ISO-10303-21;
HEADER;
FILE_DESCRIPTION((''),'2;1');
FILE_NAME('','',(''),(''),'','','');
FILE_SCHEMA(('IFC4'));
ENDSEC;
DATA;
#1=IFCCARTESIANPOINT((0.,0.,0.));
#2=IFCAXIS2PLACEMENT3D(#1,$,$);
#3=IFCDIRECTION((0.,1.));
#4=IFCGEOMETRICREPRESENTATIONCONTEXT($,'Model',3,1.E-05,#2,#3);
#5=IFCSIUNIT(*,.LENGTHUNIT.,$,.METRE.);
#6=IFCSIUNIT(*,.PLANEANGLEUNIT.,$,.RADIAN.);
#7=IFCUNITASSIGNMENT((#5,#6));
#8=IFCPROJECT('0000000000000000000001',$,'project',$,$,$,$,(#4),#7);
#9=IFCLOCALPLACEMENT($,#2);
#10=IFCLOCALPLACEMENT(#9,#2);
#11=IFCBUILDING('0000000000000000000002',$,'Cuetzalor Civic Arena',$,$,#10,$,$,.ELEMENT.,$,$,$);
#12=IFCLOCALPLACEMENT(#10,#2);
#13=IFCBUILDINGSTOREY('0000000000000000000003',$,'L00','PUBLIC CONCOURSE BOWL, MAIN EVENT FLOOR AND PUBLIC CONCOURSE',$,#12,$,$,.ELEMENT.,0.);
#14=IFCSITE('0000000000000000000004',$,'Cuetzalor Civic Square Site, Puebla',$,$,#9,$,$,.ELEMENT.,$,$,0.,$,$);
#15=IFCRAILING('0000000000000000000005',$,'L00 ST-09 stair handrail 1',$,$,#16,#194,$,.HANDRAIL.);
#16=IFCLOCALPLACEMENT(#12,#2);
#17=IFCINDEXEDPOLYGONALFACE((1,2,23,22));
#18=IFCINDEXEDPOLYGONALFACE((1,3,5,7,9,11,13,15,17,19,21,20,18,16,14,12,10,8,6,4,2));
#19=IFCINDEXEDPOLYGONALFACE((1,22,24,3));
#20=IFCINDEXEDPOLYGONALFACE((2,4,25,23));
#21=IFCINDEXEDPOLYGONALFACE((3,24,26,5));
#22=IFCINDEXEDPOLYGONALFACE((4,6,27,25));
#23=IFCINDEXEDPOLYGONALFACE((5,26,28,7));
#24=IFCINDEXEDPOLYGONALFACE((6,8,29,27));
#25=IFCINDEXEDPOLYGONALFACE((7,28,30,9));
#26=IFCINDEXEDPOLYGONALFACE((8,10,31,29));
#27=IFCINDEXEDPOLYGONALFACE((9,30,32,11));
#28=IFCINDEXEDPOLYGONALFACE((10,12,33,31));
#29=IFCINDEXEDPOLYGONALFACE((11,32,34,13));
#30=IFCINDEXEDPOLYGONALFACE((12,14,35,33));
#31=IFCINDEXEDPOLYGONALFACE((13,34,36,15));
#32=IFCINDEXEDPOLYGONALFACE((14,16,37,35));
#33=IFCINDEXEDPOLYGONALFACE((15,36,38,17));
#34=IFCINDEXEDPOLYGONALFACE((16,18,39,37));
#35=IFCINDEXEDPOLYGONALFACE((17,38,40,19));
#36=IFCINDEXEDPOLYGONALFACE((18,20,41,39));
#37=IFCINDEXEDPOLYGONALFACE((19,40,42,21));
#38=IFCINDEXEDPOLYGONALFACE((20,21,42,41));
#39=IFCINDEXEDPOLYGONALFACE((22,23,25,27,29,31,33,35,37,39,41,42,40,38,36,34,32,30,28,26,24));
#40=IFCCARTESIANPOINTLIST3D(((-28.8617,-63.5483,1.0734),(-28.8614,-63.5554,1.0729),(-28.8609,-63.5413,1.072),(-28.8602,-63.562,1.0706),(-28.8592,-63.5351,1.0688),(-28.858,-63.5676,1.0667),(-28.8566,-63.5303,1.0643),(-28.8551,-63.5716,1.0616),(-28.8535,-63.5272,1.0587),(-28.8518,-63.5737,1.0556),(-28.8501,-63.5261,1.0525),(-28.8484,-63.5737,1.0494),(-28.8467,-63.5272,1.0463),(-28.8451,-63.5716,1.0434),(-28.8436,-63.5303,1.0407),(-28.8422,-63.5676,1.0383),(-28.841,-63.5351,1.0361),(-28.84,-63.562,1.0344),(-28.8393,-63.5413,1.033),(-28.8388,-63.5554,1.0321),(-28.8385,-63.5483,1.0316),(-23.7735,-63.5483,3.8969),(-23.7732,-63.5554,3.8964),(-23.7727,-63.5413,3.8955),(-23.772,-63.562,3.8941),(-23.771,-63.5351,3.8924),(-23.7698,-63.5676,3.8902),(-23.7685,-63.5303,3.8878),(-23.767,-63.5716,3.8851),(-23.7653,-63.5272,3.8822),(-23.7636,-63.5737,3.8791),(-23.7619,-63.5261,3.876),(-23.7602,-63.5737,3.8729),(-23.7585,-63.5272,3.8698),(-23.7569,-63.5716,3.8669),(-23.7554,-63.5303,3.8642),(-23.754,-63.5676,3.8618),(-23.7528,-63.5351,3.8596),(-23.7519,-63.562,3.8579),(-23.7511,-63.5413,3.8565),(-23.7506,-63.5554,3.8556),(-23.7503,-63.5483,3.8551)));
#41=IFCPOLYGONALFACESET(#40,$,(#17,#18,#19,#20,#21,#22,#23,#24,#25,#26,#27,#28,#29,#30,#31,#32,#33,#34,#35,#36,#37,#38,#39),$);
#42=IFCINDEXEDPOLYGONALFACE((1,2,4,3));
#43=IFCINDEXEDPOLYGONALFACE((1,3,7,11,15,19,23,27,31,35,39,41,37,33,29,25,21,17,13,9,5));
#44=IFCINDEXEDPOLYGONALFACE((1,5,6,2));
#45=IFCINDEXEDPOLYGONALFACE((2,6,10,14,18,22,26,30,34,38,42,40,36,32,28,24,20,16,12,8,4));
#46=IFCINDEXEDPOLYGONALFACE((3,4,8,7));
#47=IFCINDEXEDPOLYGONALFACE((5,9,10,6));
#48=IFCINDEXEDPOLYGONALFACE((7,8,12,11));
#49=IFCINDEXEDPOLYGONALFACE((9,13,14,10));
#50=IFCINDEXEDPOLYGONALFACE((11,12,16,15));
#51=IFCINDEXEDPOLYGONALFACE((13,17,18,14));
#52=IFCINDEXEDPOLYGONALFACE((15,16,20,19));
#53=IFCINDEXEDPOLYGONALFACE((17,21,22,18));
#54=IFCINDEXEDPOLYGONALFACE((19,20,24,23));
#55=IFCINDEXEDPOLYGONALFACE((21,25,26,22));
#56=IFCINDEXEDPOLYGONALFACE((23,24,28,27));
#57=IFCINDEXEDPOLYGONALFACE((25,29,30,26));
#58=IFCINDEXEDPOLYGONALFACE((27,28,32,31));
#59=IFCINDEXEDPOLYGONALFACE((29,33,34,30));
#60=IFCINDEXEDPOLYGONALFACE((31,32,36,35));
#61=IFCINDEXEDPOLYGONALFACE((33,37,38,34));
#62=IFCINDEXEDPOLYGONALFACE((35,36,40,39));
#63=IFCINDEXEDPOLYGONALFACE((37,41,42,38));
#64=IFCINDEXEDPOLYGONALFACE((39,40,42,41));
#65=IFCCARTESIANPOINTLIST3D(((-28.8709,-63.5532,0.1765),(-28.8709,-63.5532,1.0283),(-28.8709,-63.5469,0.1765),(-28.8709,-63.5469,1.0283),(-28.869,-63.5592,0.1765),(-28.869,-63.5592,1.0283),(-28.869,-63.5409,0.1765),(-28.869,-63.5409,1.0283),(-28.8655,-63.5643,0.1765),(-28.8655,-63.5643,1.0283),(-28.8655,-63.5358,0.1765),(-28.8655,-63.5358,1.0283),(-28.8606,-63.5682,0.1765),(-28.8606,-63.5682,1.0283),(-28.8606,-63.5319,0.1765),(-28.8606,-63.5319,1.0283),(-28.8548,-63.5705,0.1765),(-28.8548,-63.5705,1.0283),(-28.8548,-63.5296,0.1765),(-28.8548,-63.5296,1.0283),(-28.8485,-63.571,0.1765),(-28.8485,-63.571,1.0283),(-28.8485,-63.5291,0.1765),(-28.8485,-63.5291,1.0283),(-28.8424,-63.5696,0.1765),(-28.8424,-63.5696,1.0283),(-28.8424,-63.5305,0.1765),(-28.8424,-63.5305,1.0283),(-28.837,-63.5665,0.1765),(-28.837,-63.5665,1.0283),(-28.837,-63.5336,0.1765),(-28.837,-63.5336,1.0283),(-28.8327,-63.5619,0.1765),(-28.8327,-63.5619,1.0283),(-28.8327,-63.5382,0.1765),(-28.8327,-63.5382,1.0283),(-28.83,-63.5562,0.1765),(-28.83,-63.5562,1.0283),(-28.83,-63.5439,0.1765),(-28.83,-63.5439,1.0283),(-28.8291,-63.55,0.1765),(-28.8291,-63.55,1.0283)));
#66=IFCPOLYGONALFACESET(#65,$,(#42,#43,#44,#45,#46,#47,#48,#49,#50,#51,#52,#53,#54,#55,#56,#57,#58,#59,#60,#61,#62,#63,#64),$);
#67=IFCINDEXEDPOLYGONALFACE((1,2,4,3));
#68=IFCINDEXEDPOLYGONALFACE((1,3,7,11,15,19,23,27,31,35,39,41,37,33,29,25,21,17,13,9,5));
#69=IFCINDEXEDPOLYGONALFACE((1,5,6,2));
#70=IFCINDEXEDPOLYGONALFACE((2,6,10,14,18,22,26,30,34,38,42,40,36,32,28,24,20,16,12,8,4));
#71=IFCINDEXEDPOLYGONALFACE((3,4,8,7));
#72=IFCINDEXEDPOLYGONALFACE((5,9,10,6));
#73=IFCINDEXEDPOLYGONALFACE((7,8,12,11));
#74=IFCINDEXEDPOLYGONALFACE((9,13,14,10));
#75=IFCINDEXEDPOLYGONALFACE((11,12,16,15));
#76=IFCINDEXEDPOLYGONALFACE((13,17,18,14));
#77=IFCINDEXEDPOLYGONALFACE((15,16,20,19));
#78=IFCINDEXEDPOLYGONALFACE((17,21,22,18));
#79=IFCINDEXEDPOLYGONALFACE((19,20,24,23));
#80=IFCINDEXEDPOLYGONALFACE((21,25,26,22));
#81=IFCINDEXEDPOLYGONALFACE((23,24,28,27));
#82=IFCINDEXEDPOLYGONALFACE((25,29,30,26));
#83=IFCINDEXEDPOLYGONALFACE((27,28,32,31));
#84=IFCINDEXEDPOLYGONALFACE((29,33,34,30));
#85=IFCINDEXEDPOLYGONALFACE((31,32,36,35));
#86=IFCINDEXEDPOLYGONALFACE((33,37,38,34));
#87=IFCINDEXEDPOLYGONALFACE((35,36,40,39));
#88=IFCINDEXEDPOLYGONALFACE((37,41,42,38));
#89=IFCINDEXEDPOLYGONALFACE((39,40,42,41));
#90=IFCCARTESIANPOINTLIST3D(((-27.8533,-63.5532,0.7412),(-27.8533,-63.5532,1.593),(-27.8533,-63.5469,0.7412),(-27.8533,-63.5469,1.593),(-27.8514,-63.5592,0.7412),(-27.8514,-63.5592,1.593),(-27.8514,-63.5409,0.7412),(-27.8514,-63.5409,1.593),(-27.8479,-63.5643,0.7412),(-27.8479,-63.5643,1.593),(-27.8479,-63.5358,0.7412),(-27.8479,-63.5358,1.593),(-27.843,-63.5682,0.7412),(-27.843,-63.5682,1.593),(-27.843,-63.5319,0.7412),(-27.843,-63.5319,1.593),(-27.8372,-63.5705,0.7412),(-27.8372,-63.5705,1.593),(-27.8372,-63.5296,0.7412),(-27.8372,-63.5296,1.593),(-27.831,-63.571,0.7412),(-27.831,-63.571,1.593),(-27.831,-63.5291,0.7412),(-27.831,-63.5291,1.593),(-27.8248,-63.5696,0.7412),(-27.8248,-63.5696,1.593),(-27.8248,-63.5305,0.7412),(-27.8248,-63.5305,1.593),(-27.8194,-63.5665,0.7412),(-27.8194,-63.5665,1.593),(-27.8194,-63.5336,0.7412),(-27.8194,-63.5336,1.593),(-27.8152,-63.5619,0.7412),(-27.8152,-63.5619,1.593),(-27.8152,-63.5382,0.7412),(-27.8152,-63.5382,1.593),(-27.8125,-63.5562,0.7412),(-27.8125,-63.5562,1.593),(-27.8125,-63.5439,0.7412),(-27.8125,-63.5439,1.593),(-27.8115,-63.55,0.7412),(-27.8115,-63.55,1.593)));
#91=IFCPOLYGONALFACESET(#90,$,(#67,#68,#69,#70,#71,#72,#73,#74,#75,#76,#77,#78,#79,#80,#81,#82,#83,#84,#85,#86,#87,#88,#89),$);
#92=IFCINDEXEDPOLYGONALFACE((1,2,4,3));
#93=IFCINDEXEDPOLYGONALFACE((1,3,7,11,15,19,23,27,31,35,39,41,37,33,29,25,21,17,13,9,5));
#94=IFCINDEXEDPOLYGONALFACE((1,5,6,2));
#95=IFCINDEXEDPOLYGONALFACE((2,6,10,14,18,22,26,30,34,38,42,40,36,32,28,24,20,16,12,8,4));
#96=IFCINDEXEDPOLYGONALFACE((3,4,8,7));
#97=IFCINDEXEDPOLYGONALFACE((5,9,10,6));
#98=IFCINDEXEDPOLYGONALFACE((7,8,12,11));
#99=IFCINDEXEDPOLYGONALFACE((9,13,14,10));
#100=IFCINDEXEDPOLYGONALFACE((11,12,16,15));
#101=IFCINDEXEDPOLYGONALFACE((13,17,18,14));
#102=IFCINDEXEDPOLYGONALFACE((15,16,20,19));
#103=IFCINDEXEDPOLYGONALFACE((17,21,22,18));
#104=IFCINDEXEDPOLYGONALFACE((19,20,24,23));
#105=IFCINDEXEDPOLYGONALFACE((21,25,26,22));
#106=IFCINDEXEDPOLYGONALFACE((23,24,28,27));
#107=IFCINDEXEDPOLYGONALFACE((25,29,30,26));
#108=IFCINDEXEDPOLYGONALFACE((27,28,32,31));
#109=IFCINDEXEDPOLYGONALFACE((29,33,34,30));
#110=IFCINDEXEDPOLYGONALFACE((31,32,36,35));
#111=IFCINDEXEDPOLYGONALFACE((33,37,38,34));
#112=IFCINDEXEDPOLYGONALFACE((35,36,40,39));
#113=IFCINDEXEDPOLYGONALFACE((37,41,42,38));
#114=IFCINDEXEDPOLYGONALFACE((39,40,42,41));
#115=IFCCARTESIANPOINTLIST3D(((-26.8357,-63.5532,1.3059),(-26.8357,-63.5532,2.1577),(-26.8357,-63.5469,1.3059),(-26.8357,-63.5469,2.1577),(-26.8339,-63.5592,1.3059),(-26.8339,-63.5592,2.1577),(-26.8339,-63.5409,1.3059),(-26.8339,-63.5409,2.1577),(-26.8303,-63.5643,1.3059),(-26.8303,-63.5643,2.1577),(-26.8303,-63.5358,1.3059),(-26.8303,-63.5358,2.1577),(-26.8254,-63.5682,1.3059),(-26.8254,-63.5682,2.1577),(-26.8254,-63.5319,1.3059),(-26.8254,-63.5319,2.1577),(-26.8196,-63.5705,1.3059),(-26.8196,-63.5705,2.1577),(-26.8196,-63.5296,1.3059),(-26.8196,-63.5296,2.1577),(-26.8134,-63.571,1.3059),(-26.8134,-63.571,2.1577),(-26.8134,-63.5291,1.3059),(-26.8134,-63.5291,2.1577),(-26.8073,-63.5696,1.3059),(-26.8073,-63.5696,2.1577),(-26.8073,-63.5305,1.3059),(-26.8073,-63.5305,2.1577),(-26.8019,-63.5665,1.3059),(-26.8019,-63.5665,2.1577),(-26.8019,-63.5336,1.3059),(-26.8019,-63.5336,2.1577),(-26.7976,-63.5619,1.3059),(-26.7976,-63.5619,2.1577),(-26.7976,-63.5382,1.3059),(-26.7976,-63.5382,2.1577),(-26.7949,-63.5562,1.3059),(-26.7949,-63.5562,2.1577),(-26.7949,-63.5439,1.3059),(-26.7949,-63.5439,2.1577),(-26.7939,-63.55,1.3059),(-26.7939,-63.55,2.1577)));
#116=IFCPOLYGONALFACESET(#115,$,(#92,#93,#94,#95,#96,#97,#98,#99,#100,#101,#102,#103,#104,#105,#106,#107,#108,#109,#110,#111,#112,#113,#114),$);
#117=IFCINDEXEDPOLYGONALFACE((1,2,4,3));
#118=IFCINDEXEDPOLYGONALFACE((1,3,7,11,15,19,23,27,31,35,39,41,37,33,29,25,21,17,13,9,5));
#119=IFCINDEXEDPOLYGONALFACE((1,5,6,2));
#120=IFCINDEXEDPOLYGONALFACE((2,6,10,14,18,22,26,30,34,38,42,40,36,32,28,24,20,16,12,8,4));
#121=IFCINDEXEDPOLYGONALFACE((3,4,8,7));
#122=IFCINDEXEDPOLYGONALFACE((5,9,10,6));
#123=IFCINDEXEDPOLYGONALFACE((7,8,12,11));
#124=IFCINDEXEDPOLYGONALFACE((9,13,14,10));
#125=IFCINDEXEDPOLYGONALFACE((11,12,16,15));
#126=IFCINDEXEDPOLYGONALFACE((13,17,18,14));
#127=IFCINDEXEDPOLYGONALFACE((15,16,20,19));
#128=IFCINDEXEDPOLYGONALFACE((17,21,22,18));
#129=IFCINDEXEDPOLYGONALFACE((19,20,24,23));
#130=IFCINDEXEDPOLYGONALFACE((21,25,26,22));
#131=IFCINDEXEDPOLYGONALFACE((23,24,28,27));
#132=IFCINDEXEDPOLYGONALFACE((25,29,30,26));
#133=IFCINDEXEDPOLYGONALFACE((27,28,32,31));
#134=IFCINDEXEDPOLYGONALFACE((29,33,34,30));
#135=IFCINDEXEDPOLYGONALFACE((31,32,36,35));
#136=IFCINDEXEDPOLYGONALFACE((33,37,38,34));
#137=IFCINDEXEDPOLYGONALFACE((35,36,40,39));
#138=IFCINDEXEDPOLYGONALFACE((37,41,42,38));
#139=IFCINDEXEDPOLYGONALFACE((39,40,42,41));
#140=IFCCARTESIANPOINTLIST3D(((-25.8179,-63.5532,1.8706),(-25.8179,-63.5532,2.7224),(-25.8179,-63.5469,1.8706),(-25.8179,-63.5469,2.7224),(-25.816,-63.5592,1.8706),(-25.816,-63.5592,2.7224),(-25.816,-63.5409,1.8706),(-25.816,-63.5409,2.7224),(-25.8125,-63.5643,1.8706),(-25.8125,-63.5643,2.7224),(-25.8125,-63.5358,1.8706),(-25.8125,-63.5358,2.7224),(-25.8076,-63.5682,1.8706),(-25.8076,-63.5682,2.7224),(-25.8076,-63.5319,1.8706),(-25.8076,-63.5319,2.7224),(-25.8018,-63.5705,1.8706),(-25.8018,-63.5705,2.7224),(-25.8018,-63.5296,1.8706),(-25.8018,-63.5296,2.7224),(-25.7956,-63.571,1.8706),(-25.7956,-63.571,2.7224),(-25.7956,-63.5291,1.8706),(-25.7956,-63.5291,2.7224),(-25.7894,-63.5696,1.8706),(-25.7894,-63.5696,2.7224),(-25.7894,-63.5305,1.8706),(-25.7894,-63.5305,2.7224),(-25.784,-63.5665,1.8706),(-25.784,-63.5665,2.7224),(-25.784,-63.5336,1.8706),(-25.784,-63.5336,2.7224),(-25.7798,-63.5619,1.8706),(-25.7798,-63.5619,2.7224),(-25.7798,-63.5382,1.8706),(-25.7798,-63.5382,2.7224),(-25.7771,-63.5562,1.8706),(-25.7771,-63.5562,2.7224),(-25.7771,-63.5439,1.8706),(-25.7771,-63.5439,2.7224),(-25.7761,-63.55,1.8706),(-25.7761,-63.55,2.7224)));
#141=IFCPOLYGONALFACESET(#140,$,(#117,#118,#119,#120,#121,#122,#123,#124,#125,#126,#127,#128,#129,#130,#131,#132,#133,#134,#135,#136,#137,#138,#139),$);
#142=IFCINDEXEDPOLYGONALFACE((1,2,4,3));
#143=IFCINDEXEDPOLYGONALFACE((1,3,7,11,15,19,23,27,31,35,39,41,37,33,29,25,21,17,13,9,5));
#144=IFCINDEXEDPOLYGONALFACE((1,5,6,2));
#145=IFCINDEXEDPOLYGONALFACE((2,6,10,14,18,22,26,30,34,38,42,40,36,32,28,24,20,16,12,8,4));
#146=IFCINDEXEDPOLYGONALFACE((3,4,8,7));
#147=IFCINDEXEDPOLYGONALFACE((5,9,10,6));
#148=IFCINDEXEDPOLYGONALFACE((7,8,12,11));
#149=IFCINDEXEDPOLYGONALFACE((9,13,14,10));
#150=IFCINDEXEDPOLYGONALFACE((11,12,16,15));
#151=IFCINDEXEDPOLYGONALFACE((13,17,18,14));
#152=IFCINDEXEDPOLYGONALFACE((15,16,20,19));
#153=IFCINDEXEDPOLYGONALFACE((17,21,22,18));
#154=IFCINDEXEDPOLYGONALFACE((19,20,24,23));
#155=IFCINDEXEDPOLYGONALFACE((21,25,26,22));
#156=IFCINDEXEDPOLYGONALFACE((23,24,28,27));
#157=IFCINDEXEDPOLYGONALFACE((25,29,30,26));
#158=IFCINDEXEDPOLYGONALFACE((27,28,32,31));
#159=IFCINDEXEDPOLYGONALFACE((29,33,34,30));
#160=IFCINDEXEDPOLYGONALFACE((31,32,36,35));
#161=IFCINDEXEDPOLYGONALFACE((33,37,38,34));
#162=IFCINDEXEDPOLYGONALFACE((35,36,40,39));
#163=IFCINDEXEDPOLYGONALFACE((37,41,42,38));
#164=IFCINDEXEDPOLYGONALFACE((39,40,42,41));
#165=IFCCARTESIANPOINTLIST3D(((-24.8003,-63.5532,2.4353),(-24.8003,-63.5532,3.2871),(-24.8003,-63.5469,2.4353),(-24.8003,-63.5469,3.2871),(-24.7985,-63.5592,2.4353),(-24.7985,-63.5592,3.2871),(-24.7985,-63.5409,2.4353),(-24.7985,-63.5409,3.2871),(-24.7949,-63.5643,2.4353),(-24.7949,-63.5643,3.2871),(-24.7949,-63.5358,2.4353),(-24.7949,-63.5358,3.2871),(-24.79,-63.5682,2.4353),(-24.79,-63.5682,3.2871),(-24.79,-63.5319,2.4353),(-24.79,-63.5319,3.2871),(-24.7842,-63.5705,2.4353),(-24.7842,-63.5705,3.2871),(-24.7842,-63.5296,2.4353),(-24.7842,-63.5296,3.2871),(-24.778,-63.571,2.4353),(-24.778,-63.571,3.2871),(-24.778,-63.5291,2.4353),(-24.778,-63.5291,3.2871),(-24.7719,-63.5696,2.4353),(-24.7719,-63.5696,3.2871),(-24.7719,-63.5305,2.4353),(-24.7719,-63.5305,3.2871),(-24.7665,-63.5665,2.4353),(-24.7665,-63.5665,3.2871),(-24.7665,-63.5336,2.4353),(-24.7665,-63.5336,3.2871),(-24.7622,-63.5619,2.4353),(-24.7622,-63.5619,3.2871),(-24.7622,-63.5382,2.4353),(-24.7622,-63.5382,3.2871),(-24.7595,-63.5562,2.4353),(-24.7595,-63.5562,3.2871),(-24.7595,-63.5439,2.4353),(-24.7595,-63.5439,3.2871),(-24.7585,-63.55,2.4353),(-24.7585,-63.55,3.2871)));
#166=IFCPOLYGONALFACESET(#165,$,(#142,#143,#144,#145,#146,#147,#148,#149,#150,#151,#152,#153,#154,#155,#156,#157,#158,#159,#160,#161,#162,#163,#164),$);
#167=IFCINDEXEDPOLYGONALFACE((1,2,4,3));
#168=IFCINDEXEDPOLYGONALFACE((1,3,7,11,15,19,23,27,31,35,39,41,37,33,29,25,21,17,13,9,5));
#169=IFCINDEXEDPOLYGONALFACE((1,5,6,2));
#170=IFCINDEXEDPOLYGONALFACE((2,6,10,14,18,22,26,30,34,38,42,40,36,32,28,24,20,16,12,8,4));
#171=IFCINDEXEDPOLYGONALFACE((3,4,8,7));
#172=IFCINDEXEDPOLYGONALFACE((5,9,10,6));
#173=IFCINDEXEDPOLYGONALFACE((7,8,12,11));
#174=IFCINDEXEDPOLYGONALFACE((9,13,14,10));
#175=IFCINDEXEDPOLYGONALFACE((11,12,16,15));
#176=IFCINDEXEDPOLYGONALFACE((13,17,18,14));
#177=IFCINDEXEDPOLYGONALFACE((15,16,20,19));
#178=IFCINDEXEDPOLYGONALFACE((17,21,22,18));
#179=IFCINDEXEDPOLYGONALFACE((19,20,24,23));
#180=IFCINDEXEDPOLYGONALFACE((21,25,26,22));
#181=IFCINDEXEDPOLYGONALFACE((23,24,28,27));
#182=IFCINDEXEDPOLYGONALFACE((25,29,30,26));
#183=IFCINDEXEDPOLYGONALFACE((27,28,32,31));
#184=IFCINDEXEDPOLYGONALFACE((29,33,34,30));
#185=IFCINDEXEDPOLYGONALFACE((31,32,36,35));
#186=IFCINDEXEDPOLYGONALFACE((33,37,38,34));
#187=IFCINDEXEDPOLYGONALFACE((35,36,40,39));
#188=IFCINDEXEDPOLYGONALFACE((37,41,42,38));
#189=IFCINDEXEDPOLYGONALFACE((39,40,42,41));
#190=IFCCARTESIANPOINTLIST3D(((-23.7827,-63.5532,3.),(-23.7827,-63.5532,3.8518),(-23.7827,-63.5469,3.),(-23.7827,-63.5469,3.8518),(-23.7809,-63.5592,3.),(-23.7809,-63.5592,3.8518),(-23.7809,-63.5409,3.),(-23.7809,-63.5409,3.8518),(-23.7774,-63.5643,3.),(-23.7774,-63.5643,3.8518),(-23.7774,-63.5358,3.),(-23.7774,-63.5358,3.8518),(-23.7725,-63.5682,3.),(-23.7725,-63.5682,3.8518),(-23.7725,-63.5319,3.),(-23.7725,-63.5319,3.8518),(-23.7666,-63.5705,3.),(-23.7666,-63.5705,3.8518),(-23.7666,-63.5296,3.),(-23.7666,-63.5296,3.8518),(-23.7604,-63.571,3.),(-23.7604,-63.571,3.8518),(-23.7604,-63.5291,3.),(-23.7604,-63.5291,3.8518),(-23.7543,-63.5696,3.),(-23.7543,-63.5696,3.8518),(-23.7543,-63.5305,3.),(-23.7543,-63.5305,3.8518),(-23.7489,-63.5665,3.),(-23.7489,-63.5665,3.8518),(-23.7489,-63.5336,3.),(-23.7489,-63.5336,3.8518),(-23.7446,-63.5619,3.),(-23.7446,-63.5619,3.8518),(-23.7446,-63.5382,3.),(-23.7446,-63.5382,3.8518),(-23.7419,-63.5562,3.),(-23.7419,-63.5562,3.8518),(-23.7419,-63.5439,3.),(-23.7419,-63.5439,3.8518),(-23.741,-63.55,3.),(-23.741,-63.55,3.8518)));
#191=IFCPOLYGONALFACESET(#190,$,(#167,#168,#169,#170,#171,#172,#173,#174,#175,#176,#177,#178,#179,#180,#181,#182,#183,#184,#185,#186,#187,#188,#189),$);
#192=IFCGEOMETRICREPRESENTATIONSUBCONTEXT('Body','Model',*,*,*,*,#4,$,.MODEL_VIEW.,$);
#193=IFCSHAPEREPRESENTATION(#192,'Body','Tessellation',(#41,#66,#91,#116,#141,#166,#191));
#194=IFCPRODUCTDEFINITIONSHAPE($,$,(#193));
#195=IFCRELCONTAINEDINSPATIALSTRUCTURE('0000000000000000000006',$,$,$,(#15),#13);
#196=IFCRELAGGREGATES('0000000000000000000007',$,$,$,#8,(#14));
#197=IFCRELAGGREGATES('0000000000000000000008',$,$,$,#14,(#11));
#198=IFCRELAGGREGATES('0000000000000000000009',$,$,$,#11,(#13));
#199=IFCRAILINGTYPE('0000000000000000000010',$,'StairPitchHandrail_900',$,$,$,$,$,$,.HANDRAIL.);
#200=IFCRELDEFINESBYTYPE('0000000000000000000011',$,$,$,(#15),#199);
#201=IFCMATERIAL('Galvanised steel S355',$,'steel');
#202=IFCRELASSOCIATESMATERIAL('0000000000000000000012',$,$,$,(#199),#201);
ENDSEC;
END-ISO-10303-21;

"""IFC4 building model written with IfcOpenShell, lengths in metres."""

from ifc_helpers import new_model, si_unit, direction, frame, origin, origin_2d, place, context, subcontext, project, spatial, circle, extrude, material, type_object, element, save


model = new_model("IFC4")

# Units and contexts
model_context = context("Model", 3, precision=1e-05, world=origin(), true_north=direction((0.0, 1.0)))
body_context = subcontext(model_context, "Body", "Model", "MODEL_VIEW")
ifc_project = project(units=[si_unit("LENGTHUNIT", "METRE"), si_unit("PLANEANGLEUNIT", "RADIAN")], contexts=[model_context])

# Site, building, storey
site_placement = place(None, origin())
site = spatial("IfcSite", under=ifc_project, at=site_placement, Name="Cuetzalor Civic Square Site, Puebla", CompositionType="ELEMENT", RefElevation=0.0)
building_placement = place(site_placement, origin())
building = spatial("IfcBuilding", under=site, at=building_placement, Name="Cuetzalor Civic Arena", CompositionType="ELEMENT")
storey_placement = place(building_placement, origin())
storey = spatial("IfcBuildingStorey", under=building, at=storey_placement, Name="L00", Description="PUBLIC CONCOURSE BOWL, MAIN EVENT FLOOR AND PUBLIC CONCOURSE", CompositionType="ELEMENT", Elevation=0.0)

# Railing
ifc_material_1 = material(Name="Galvanised steel S355", Category="steel")
railing_type_1 = type_object("IfcRailingType", Name="StairPitchHandrail_900", PredefinedType="HANDRAIL", material=ifc_material_1)
railing_1_placement = place(storey_placement, frame((-28.8501, -63.55, 0.1765)))
element("IfcRailing", 1, at=railing_1_placement, inside=storey, type_object=railing_type_1, Name="L00 ST-09 stair handrail 1", PredefinedType="HANDRAIL", context=body_context, shape_type="SweptSolid", body=[
    extrude(circle(Radius=0.0239, at=origin_2d()), frame((0.0, 0.0, 0.876), z_axis=(0.874395, 0.0, 0.485215), x_axis=(0.0, 1.0, 0.0)), (0.0, 0.0, 1.0), 5.8191),
    extrude(circle(Radius=0.021, at=origin_2d()), origin(), (0.0, 0.0, 1.0), 0.8518),
    extrude(circle(Radius=0.021, at=origin_2d()), frame((1.0176, 0.0, 0.5647)), (0.0, 0.0, 1.0), 0.8518),
    extrude(circle(Radius=0.021, at=origin_2d()), frame((2.0352, 0.0, 1.1294)), (0.0, 0.0, 1.0), 0.8518),
    extrude(circle(Radius=0.021, at=origin_2d()), frame((3.053, 0.0, 1.6941)), (0.0, 0.0, 1.0), 0.8518),
    extrude(circle(Radius=0.021, at=origin_2d()), frame((4.0706, 0.0, 2.2588)), (0.0, 0.0, 1.0), 0.8518),
    extrude(circle(Radius=0.021, at=origin_2d()), frame((5.0881, 0.0, 2.8235)), (0.0, 0.0, 1.0), 0.8518),
])

save(model, "model.ifc")
